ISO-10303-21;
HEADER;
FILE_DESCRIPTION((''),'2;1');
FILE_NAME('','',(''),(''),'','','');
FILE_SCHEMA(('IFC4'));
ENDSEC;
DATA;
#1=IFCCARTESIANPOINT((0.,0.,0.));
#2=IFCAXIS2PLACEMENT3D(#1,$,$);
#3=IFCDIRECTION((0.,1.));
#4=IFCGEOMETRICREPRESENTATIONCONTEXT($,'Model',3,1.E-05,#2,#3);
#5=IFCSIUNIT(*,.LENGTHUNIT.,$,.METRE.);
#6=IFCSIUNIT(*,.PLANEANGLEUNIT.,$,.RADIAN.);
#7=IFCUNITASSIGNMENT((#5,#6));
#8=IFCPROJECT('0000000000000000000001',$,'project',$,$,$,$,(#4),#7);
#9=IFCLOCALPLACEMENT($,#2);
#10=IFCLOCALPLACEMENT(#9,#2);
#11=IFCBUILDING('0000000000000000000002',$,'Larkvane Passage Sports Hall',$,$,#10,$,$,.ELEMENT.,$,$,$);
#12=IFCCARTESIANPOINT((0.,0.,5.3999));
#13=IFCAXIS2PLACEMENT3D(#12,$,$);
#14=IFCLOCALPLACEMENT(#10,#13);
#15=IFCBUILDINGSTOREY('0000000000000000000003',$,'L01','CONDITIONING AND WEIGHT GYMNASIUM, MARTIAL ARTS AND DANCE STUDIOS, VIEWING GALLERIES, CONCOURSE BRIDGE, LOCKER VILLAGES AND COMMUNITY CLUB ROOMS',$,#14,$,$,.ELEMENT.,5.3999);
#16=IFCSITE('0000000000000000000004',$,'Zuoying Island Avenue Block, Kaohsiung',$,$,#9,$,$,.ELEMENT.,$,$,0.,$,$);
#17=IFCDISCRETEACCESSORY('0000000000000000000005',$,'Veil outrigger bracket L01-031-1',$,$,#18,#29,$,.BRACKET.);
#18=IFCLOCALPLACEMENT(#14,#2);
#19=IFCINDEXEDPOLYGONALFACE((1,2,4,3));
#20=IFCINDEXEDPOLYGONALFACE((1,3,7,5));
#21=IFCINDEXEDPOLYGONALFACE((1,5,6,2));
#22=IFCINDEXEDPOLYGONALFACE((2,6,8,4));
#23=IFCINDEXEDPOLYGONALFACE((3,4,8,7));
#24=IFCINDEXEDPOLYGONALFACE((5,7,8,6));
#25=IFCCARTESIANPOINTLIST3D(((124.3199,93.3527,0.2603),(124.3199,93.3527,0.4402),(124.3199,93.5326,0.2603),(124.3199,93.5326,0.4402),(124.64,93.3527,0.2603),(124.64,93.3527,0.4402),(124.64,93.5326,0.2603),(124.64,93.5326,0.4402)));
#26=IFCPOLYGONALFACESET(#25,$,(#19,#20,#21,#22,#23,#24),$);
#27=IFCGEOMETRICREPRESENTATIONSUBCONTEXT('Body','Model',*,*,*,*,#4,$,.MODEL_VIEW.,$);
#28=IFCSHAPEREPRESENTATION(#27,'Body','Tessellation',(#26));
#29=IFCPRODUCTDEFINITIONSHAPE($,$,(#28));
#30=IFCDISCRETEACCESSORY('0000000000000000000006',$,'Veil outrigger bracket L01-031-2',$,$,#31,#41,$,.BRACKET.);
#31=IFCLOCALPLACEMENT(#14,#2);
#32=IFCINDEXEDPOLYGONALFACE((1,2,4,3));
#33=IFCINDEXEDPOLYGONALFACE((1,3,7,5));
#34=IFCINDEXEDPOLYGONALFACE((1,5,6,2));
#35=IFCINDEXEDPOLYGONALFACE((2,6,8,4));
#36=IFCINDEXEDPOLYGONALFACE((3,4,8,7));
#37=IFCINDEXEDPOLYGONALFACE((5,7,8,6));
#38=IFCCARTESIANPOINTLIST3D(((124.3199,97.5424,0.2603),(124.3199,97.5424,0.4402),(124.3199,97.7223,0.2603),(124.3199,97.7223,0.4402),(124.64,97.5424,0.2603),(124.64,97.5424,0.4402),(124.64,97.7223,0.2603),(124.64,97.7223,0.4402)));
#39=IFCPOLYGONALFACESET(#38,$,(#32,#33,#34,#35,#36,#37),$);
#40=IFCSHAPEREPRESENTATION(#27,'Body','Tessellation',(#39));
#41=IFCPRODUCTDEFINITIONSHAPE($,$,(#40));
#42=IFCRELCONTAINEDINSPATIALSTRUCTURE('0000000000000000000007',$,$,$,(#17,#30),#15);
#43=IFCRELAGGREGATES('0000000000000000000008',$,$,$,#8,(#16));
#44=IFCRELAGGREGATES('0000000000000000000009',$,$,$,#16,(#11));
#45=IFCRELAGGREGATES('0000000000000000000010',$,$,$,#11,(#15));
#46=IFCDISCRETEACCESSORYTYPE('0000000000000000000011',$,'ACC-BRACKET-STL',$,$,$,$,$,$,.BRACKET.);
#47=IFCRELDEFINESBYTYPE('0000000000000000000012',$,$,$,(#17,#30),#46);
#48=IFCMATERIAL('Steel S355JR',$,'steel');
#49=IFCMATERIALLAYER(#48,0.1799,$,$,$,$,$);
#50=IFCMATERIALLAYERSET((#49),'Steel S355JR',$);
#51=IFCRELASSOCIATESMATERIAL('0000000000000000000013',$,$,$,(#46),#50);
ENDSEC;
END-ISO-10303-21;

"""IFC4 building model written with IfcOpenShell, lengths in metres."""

from ifc_helpers import new_model, si_unit, direction, frame, origin, origin_2d, place, context, subcontext, project, spatial, rectangle, extrude, material, layer, layer_set, type_object, element, save


model = new_model("IFC4")

# Units and contexts
model_context = context("Model", 3, precision=1e-05, world=origin(), true_north=direction((0.0, 1.0)))
body_context = subcontext(model_context, "Body", "Model", "MODEL_VIEW")
ifc_project = project(units=[si_unit("LENGTHUNIT", "METRE"), si_unit("PLANEANGLEUNIT", "RADIAN")], contexts=[model_context])

# Site, building, storey
site_placement = place(None, origin())
site = spatial("IfcSite", under=ifc_project, at=site_placement, Name="Zuoying Island Avenue Block, Kaohsiung", CompositionType="ELEMENT", RefElevation=0.0)
building_placement = place(site_placement, origin())
building = spatial("IfcBuilding", under=site, at=building_placement, Name="Larkvane Passage Sports Hall", CompositionType="ELEMENT")
storey_placement = place(building_placement, frame((0.0, 0.0, 5.3999)))
storey = spatial("IfcBuildingStorey", under=building, at=storey_placement, Name="L01", Description="CONDITIONING AND WEIGHT GYMNASIUM, MARTIAL ARTS AND DANCE STUDIOS, VIEWING GALLERIES, CONCOURSE BRIDGE, LOCKER VILLAGES AND COMMUNITY CLUB ROOMS", CompositionType="ELEMENT", Elevation=5.3999)

# Shared definitions
ifc_material_1 = material(Name="Steel S355JR", Category="steel")

# Discrete accessories
ifc_layer_1 = layer(ifc_material_1, 0.1799)
ifc_layer_set_1 = layer_set([ifc_layer_1], Name="Steel S355JR")
discrete_accessory_type = type_object("IfcDiscreteAccessoryType", Name="ACC-BRACKET-STL", PredefinedType="BRACKET", material=ifc_layer_set_1)
for number, where, z_axis, x_axis, name in (
    (1, (124.48, 93.4426, 0.2603), (0.0, 0.0, 1.0), (0.0, 1.0, 0.0), "Veil outrigger bracket L01-031-1"),
    (2, (124.48, 97.6323, 0.2603), (0.0, 0.0, 1.0), (0.0, 1.0, 0.0), "Veil outrigger bracket L01-031-2"),
):
    element("IfcDiscreteAccessory", number, at=place(storey_placement, frame(where, z_axis=z_axis, x_axis=x_axis)), inside=storey, type_object=discrete_accessory_type, Name=name, PredefinedType="BRACKET", context=body_context, shape_type="SweptSolid", body=[
        extrude(rectangle(XDim=0.1799, YDim=0.3201, at=origin_2d()), origin(), (0.0, 0.0, 1.0), 0.1799),
    ])

save(model, "model.ifc")
